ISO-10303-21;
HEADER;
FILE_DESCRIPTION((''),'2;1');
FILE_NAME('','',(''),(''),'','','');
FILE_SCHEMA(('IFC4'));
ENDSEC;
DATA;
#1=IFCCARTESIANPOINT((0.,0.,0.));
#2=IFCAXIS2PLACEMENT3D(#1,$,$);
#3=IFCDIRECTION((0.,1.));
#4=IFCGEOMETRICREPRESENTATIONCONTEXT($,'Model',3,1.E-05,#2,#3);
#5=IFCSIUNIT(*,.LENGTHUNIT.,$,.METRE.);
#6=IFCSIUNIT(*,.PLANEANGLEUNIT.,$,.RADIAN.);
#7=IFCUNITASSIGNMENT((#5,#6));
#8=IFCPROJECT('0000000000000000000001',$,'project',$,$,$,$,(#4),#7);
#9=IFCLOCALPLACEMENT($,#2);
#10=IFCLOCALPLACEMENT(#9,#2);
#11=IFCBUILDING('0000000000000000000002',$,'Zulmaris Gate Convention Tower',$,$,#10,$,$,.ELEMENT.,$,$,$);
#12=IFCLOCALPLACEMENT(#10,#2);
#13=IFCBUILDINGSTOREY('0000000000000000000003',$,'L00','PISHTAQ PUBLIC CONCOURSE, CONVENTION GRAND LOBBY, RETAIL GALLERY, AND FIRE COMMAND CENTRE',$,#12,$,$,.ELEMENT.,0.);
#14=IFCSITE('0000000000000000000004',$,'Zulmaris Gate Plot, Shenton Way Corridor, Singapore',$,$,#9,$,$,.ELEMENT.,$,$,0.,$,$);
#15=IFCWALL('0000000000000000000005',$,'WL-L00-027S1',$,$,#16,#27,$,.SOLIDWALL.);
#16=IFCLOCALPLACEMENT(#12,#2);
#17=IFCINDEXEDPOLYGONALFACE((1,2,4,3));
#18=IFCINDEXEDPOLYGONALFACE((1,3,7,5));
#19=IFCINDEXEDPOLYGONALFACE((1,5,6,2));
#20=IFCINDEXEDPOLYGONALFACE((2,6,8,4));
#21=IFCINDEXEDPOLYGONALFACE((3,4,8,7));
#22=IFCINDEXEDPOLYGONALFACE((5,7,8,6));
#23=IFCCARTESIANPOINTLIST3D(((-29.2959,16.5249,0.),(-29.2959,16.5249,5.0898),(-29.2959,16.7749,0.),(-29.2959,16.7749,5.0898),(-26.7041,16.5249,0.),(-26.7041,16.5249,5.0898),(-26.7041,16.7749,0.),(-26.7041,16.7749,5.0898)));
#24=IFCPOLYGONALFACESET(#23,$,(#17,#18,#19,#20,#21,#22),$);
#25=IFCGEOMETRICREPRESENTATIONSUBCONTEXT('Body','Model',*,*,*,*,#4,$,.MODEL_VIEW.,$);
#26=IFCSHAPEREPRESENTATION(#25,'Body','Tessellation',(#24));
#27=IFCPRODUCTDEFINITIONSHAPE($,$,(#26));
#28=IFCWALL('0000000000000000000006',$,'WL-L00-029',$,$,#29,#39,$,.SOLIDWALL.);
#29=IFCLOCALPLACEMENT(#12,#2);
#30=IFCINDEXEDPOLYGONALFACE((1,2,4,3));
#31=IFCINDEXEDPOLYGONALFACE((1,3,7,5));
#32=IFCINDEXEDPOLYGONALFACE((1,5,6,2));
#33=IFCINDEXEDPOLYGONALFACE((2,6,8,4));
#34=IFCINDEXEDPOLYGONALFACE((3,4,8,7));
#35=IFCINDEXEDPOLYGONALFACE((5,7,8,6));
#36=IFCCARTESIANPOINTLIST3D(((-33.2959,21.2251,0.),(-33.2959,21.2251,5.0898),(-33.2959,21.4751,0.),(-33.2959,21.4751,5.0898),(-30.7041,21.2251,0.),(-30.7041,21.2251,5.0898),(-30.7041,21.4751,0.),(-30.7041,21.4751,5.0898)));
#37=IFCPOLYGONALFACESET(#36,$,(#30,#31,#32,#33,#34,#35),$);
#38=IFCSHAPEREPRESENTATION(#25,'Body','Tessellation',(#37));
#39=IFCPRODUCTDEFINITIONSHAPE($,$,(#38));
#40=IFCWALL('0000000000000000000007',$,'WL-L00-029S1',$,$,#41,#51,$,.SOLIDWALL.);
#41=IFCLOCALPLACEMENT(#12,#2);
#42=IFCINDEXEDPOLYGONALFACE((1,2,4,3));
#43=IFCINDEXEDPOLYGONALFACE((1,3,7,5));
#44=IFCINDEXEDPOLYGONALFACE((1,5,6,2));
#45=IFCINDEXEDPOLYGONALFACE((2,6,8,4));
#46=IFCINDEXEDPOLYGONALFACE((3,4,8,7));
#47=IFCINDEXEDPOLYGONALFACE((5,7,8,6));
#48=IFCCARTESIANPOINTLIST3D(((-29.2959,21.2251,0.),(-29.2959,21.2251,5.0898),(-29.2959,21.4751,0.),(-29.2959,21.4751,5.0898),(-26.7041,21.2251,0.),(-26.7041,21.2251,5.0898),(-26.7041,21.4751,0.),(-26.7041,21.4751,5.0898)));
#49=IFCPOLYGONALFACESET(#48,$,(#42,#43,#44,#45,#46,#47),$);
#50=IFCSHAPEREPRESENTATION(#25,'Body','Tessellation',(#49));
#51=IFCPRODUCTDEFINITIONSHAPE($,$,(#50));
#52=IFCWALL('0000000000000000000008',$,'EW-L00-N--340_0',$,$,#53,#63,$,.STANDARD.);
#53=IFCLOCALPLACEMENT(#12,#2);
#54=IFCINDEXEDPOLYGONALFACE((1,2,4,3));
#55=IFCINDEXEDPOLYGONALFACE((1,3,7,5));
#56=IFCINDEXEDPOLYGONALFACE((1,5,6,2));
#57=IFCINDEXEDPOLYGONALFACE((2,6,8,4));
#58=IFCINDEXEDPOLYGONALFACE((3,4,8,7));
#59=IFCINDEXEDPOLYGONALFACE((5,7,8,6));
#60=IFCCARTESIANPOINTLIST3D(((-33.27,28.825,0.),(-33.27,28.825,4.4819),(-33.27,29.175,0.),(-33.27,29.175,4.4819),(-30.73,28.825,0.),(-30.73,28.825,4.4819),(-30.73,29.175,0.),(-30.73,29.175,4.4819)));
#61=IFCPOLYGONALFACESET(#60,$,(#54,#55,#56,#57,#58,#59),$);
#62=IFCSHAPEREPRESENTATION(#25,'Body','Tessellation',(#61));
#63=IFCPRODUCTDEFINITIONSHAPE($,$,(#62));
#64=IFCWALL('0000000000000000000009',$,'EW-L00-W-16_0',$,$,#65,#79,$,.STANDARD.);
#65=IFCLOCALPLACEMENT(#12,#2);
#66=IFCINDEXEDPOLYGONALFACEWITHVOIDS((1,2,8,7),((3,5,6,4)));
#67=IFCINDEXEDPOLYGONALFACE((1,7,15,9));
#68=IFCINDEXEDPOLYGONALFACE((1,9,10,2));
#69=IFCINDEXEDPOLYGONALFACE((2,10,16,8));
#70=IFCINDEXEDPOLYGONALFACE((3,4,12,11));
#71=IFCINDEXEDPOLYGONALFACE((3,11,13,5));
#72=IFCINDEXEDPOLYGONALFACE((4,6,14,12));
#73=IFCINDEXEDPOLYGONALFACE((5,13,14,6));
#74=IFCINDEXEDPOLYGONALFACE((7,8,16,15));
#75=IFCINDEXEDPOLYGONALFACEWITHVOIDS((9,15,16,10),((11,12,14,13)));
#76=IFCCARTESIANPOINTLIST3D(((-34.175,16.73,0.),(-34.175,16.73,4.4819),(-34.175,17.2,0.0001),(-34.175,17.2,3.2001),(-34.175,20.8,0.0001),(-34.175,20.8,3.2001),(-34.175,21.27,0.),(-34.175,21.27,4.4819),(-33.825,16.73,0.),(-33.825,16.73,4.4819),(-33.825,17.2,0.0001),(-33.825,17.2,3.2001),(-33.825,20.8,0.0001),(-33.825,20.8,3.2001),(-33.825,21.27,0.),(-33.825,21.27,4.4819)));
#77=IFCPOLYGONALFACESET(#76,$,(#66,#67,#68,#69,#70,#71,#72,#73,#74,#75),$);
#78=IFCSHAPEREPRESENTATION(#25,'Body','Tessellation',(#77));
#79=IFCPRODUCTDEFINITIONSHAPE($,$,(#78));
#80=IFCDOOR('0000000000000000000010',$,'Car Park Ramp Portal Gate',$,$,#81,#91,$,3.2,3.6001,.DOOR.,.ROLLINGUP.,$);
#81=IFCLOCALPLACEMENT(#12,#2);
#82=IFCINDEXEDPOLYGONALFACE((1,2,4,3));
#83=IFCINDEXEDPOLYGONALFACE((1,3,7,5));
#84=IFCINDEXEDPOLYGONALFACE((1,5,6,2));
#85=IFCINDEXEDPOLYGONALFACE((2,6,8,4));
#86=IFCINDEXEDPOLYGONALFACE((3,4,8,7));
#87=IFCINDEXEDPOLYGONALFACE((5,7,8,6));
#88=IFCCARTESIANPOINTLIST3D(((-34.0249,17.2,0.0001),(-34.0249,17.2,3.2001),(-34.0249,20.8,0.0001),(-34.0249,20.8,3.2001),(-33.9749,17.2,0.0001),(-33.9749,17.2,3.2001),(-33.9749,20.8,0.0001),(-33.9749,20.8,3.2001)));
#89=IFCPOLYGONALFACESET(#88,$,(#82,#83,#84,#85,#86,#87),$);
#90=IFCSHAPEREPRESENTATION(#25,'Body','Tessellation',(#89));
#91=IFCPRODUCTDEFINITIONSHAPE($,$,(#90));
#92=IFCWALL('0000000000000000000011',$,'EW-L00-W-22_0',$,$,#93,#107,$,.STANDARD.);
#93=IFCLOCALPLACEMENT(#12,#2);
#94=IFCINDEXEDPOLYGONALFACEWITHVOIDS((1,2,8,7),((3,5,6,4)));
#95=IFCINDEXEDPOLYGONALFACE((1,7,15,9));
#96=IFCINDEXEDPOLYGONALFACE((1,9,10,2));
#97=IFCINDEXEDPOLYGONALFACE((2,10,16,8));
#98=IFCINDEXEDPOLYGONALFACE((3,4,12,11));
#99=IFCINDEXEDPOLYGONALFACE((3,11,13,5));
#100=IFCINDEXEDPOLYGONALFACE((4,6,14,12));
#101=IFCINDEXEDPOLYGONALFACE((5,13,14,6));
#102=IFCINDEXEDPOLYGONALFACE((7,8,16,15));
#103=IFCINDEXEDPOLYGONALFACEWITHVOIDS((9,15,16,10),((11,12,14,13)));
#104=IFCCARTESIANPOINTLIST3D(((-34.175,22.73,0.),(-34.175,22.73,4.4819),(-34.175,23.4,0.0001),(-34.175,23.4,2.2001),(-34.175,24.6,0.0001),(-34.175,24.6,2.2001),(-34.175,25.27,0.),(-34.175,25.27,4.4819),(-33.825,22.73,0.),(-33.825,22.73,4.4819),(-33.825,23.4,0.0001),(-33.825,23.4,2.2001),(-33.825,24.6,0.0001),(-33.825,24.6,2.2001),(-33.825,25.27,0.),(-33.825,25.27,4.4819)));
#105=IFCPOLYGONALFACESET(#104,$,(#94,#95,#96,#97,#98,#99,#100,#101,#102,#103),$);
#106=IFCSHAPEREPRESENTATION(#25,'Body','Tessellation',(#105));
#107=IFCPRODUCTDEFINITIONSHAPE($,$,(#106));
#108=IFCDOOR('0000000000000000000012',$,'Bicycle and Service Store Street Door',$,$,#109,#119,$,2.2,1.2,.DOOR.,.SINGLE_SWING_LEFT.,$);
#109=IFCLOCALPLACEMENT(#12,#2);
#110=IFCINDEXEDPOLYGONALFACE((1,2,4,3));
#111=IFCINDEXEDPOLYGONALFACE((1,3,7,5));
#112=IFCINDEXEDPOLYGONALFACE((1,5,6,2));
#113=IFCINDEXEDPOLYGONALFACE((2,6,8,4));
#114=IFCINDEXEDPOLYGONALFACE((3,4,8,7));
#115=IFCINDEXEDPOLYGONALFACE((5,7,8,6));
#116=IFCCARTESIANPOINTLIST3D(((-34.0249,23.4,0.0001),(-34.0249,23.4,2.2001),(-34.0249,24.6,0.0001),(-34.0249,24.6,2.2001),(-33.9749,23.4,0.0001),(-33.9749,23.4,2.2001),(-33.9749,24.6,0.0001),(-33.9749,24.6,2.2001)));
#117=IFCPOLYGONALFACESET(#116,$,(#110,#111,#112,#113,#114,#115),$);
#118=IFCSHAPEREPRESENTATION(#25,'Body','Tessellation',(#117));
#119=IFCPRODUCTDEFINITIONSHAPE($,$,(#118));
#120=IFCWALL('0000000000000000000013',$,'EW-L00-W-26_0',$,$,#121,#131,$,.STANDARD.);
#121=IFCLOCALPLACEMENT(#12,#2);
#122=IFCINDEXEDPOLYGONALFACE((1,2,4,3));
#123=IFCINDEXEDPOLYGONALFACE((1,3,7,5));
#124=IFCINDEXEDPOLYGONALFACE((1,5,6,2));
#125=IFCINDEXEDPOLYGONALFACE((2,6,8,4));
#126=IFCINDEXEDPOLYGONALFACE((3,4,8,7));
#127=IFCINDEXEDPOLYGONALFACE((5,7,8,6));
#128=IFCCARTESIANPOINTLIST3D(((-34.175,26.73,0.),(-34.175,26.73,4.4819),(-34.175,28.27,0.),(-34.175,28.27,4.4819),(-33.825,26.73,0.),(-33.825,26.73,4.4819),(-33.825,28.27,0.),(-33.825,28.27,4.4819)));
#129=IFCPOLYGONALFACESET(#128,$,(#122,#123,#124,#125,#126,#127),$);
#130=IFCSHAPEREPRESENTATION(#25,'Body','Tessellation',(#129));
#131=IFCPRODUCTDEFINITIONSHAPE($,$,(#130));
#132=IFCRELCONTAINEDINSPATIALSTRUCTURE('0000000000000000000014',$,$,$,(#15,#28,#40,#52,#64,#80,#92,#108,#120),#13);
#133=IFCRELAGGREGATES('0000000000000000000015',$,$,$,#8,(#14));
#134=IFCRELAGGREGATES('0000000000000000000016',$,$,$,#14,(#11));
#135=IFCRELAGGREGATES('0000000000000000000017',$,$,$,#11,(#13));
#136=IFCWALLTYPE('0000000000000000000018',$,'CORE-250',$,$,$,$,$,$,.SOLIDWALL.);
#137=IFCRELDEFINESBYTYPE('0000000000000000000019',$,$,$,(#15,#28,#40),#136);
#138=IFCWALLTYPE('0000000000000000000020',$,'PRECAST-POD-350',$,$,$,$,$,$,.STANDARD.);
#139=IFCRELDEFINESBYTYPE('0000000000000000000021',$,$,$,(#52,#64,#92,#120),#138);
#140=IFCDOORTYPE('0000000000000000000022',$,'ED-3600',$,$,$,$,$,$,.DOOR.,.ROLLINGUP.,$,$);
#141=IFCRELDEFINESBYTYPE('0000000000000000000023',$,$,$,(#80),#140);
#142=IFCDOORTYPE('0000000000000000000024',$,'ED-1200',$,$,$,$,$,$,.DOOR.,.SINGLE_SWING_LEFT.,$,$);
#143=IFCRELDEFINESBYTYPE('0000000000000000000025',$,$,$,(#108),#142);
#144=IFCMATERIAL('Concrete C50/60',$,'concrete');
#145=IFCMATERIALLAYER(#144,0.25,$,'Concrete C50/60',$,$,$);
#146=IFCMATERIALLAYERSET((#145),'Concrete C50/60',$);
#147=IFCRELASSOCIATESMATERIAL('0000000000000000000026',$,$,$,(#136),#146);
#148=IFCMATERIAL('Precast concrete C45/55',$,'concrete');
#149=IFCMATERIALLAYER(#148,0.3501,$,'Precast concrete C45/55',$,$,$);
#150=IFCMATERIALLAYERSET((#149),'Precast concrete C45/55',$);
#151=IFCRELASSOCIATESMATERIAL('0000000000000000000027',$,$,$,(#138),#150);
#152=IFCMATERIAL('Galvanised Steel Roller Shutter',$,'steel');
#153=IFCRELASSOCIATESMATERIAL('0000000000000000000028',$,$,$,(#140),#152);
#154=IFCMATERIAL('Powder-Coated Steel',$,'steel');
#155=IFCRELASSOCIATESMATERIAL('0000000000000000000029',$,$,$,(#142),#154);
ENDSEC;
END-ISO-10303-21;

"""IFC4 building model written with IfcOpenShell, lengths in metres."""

from ifc_helpers import new_model, si_unit, direction, frame, frame_2d, origin, place, context, subcontext, project, spatial, rectangle, extrude, material, layer, layer_set, type_object, element, fill, save


model = new_model("IFC4")

# Units and contexts
model_context = context("Model", 3, precision=1e-05, world=origin(), true_north=direction((0.0, 1.0)))
body_context = subcontext(model_context, "Body", "Model", "MODEL_VIEW")
ifc_project = project(units=[si_unit("LENGTHUNIT", "METRE"), si_unit("PLANEANGLEUNIT", "RADIAN")], contexts=[model_context])

# Site, building, storey
site_placement = place(None, origin())
site = spatial("IfcSite", under=ifc_project, at=site_placement, Name="Zulmaris Gate Plot, Shenton Way Corridor, Singapore", CompositionType="ELEMENT", RefElevation=0.0)
building_placement = place(site_placement, origin())
building = spatial("IfcBuilding", under=site, at=building_placement, Name="Zulmaris Gate Convention Tower", CompositionType="ELEMENT")
storey_placement = place(building_placement, origin())
storey = spatial("IfcBuildingStorey", under=building, at=storey_placement, Name="L00", Description="PISHTAQ PUBLIC CONCOURSE, CONVENTION GRAND LOBBY, RETAIL GALLERY, AND FIRE COMMAND CENTRE", CompositionType="ELEMENT", Elevation=0.0)

# Walls
ifc_material_1 = material(Name="Concrete C50/60", Category="concrete")
ifc_layer_1 = layer(ifc_material_1, 0.25, Name="Concrete C50/60")
ifc_layer_set_1 = layer_set([ifc_layer_1], Name="Concrete C50/60")
wall_type_1 = type_object("IfcWallType", Name="CORE-250", PredefinedType="SOLIDWALL", material=ifc_layer_set_1)
for number, where, z_axis, x_axis, name in (
    (1, (-29.2959, 16.6499, 0.0), (0.0, 0.0, 1.0), (1.0, 0.0, 0.0), "WL-L00-027S1"),
    (2, (-33.2959, 21.3501, 0.0), (0.0, 0.0, 1.0), (1.0, 0.0, 0.0), "WL-L00-029"),
    (3, (-29.2959, 21.3501, 0.0), (0.0, 0.0, 1.0), (1.0, 0.0, 0.0), "WL-L00-029S1"),
):
    element("IfcWall", number, at=place(storey_placement, frame(where, z_axis=z_axis, x_axis=x_axis)), inside=storey, type_object=wall_type_1, Name=name, PredefinedType="SOLIDWALL", context=body_context, shape_type="SweptSolid", body=[
        extrude(rectangle(XDim=2.5918, YDim=0.25, at=frame_2d((1.2959, 0.0))), origin(), (0.0, 0.0, 1.0), 5.0898),
    ])
ifc_material_2 = material(Name="Precast concrete C45/55", Category="concrete")
ifc_layer_2 = layer(ifc_material_2, 0.3501, Name="Precast concrete C45/55")
ifc_layer_set_2 = layer_set([ifc_layer_2], Name="Precast concrete C45/55")
wall_type_2 = type_object("IfcWallType", Name="PRECAST-POD-350", PredefinedType="STANDARD", material=ifc_layer_set_2)
wall_1_placement = place(storey_placement, frame((-30.73, 29.0, 0.0), z_axis=(0.0, 0.0, 1.0), x_axis=(-1.0, 0.0, 0.0)))
element("IfcWall", 4, at=wall_1_placement, inside=storey, type_object=wall_type_2, Name="EW-L00-N--340_0", PredefinedType="STANDARD", context=body_context, shape_type="SweptSolid", body=[
    extrude(rectangle(XDim=2.54, YDim=0.3501, at=frame_2d((1.27, 0.0))), origin(), (0.0, 0.0, 1.0), 4.4819),
])

# Walls, openings, doors
wall_2_placement = place(storey_placement, frame((-34.0, 16.73, 0.0), z_axis=(0.0, 0.0, 1.0), x_axis=(0.0, 1.0, 0.0)))
wall_2 = element("IfcWall", 5, at=wall_2_placement, inside=storey, type_object=wall_type_2, Name="EW-L00-W-16_0", PredefinedType="STANDARD", context=body_context, shape_type="SweptSolid", body=[
    extrude(rectangle(XDim=4.54, YDim=0.3501, at=frame_2d((2.27, 0.0))), origin(), (0.0, 0.0, 1.0), 4.4819),
])
opening_1_placement = place(wall_2_placement, frame((0.47, 0.0, 0.0)))
opening_1 = element("IfcOpeningElement", 6, at=opening_1_placement, cuts=wall_2, PredefinedType="OPENING", context=body_context, shape_type="SweptSolid", body=[
    extrude(rectangle(XDim=3.6001, YDim=3.2, at=frame_2d((1.8, 1.6001))), frame((0.0, 0.1851, 0.0), z_axis=(0.0, -1.0, 0.0), x_axis=(1.0, 0.0, 0.0)), (0.0, 0.0, 1.0), 0.3701),
])
ifc_material_3 = material(Name="Galvanised Steel Roller Shutter", Category="steel")
door_type_1 = type_object("IfcDoorType", Name="ED-3600", OperationType="ROLLINGUP", PredefinedType="DOOR", material=ifc_material_3)
door_1_placement = place(opening_1_placement, origin())
door_1 = element("IfcDoor", 7, at=door_1_placement, inside=storey, type_object=door_type_1, Name="Car Park Ramp Portal Gate", OperationType="ROLLINGUP", OverallHeight=3.2, OverallWidth=3.6001, PredefinedType="DOOR", context=body_context, shape_type="SweptSolid", body=[
    extrude(rectangle(XDim=3.6001, YDim=3.2, at=frame_2d((1.8, 1.6001))), frame((0.0, 0.0249, 0.0), z_axis=(0.0, -1.0, 0.0), x_axis=(1.0, 0.0, 0.0)), (0.0, 0.0, 1.0), 0.05),
])
fill(opening_1, door_1)
wall_3_placement = place(storey_placement, frame((-34.0, 22.73, 0.0), z_axis=(0.0, 0.0, 1.0), x_axis=(0.0, 1.0, 0.0)))
wall_3 = element("IfcWall", 8, at=wall_3_placement, inside=storey, type_object=wall_type_2, Name="EW-L00-W-22_0", PredefinedType="STANDARD", context=body_context, shape_type="SweptSolid", body=[
    extrude(rectangle(XDim=2.54, YDim=0.3501, at=frame_2d((1.27, 0.0))), origin(), (0.0, 0.0, 1.0), 4.4819),
])
opening_2_placement = place(wall_3_placement, frame((0.6699, 0.0, 0.0)))
opening_2 = element("IfcOpeningElement", 9, at=opening_2_placement, cuts=wall_3, PredefinedType="OPENING", context=body_context, shape_type="SweptSolid", body=[
    extrude(rectangle(XDim=1.2, YDim=2.2, at=frame_2d((0.6001, 1.1001))), frame((0.0, 0.1851, 0.0), z_axis=(0.0, -1.0, 0.0), x_axis=(1.0, 0.0, 0.0)), (0.0, 0.0, 1.0), 0.3701),
])
ifc_material_4 = material(Name="Powder-Coated Steel", Category="steel")
door_type_2 = type_object("IfcDoorType", Name="ED-1200", OperationType="SINGLE_SWING_LEFT", PredefinedType="DOOR", material=ifc_material_4)
door_2_placement = place(opening_2_placement, origin())
door_2 = element("IfcDoor", 10, at=door_2_placement, inside=storey, type_object=door_type_2, Name="Bicycle and Service Store Street Door", OperationType="SINGLE_SWING_LEFT", OverallHeight=2.2, OverallWidth=1.2, PredefinedType="DOOR", context=body_context, shape_type="SweptSolid", body=[
    extrude(rectangle(XDim=1.2, YDim=2.2, at=frame_2d((0.6001, 1.1001))), frame((0.0, 0.0249, 0.0), z_axis=(0.0, -1.0, 0.0), x_axis=(1.0, 0.0, 0.0)), (0.0, 0.0, 1.0), 0.05),
])
fill(opening_2, door_2)

# Wall
wall_4_placement = place(storey_placement, frame((-34.0, 26.73, 0.0), z_axis=(0.0, 0.0, 1.0), x_axis=(0.0, 1.0, 0.0)))
element("IfcWall", 11, at=wall_4_placement, inside=storey, type_object=wall_type_2, Name="EW-L00-W-26_0", PredefinedType="STANDARD", context=body_context, shape_type="SweptSolid", body=[
    extrude(rectangle(XDim=1.54, YDim=0.3501, at=frame_2d((0.77, 0.0))), origin(), (0.0, 0.0, 1.0), 4.4819),
])

save(model, "model.ifc")
